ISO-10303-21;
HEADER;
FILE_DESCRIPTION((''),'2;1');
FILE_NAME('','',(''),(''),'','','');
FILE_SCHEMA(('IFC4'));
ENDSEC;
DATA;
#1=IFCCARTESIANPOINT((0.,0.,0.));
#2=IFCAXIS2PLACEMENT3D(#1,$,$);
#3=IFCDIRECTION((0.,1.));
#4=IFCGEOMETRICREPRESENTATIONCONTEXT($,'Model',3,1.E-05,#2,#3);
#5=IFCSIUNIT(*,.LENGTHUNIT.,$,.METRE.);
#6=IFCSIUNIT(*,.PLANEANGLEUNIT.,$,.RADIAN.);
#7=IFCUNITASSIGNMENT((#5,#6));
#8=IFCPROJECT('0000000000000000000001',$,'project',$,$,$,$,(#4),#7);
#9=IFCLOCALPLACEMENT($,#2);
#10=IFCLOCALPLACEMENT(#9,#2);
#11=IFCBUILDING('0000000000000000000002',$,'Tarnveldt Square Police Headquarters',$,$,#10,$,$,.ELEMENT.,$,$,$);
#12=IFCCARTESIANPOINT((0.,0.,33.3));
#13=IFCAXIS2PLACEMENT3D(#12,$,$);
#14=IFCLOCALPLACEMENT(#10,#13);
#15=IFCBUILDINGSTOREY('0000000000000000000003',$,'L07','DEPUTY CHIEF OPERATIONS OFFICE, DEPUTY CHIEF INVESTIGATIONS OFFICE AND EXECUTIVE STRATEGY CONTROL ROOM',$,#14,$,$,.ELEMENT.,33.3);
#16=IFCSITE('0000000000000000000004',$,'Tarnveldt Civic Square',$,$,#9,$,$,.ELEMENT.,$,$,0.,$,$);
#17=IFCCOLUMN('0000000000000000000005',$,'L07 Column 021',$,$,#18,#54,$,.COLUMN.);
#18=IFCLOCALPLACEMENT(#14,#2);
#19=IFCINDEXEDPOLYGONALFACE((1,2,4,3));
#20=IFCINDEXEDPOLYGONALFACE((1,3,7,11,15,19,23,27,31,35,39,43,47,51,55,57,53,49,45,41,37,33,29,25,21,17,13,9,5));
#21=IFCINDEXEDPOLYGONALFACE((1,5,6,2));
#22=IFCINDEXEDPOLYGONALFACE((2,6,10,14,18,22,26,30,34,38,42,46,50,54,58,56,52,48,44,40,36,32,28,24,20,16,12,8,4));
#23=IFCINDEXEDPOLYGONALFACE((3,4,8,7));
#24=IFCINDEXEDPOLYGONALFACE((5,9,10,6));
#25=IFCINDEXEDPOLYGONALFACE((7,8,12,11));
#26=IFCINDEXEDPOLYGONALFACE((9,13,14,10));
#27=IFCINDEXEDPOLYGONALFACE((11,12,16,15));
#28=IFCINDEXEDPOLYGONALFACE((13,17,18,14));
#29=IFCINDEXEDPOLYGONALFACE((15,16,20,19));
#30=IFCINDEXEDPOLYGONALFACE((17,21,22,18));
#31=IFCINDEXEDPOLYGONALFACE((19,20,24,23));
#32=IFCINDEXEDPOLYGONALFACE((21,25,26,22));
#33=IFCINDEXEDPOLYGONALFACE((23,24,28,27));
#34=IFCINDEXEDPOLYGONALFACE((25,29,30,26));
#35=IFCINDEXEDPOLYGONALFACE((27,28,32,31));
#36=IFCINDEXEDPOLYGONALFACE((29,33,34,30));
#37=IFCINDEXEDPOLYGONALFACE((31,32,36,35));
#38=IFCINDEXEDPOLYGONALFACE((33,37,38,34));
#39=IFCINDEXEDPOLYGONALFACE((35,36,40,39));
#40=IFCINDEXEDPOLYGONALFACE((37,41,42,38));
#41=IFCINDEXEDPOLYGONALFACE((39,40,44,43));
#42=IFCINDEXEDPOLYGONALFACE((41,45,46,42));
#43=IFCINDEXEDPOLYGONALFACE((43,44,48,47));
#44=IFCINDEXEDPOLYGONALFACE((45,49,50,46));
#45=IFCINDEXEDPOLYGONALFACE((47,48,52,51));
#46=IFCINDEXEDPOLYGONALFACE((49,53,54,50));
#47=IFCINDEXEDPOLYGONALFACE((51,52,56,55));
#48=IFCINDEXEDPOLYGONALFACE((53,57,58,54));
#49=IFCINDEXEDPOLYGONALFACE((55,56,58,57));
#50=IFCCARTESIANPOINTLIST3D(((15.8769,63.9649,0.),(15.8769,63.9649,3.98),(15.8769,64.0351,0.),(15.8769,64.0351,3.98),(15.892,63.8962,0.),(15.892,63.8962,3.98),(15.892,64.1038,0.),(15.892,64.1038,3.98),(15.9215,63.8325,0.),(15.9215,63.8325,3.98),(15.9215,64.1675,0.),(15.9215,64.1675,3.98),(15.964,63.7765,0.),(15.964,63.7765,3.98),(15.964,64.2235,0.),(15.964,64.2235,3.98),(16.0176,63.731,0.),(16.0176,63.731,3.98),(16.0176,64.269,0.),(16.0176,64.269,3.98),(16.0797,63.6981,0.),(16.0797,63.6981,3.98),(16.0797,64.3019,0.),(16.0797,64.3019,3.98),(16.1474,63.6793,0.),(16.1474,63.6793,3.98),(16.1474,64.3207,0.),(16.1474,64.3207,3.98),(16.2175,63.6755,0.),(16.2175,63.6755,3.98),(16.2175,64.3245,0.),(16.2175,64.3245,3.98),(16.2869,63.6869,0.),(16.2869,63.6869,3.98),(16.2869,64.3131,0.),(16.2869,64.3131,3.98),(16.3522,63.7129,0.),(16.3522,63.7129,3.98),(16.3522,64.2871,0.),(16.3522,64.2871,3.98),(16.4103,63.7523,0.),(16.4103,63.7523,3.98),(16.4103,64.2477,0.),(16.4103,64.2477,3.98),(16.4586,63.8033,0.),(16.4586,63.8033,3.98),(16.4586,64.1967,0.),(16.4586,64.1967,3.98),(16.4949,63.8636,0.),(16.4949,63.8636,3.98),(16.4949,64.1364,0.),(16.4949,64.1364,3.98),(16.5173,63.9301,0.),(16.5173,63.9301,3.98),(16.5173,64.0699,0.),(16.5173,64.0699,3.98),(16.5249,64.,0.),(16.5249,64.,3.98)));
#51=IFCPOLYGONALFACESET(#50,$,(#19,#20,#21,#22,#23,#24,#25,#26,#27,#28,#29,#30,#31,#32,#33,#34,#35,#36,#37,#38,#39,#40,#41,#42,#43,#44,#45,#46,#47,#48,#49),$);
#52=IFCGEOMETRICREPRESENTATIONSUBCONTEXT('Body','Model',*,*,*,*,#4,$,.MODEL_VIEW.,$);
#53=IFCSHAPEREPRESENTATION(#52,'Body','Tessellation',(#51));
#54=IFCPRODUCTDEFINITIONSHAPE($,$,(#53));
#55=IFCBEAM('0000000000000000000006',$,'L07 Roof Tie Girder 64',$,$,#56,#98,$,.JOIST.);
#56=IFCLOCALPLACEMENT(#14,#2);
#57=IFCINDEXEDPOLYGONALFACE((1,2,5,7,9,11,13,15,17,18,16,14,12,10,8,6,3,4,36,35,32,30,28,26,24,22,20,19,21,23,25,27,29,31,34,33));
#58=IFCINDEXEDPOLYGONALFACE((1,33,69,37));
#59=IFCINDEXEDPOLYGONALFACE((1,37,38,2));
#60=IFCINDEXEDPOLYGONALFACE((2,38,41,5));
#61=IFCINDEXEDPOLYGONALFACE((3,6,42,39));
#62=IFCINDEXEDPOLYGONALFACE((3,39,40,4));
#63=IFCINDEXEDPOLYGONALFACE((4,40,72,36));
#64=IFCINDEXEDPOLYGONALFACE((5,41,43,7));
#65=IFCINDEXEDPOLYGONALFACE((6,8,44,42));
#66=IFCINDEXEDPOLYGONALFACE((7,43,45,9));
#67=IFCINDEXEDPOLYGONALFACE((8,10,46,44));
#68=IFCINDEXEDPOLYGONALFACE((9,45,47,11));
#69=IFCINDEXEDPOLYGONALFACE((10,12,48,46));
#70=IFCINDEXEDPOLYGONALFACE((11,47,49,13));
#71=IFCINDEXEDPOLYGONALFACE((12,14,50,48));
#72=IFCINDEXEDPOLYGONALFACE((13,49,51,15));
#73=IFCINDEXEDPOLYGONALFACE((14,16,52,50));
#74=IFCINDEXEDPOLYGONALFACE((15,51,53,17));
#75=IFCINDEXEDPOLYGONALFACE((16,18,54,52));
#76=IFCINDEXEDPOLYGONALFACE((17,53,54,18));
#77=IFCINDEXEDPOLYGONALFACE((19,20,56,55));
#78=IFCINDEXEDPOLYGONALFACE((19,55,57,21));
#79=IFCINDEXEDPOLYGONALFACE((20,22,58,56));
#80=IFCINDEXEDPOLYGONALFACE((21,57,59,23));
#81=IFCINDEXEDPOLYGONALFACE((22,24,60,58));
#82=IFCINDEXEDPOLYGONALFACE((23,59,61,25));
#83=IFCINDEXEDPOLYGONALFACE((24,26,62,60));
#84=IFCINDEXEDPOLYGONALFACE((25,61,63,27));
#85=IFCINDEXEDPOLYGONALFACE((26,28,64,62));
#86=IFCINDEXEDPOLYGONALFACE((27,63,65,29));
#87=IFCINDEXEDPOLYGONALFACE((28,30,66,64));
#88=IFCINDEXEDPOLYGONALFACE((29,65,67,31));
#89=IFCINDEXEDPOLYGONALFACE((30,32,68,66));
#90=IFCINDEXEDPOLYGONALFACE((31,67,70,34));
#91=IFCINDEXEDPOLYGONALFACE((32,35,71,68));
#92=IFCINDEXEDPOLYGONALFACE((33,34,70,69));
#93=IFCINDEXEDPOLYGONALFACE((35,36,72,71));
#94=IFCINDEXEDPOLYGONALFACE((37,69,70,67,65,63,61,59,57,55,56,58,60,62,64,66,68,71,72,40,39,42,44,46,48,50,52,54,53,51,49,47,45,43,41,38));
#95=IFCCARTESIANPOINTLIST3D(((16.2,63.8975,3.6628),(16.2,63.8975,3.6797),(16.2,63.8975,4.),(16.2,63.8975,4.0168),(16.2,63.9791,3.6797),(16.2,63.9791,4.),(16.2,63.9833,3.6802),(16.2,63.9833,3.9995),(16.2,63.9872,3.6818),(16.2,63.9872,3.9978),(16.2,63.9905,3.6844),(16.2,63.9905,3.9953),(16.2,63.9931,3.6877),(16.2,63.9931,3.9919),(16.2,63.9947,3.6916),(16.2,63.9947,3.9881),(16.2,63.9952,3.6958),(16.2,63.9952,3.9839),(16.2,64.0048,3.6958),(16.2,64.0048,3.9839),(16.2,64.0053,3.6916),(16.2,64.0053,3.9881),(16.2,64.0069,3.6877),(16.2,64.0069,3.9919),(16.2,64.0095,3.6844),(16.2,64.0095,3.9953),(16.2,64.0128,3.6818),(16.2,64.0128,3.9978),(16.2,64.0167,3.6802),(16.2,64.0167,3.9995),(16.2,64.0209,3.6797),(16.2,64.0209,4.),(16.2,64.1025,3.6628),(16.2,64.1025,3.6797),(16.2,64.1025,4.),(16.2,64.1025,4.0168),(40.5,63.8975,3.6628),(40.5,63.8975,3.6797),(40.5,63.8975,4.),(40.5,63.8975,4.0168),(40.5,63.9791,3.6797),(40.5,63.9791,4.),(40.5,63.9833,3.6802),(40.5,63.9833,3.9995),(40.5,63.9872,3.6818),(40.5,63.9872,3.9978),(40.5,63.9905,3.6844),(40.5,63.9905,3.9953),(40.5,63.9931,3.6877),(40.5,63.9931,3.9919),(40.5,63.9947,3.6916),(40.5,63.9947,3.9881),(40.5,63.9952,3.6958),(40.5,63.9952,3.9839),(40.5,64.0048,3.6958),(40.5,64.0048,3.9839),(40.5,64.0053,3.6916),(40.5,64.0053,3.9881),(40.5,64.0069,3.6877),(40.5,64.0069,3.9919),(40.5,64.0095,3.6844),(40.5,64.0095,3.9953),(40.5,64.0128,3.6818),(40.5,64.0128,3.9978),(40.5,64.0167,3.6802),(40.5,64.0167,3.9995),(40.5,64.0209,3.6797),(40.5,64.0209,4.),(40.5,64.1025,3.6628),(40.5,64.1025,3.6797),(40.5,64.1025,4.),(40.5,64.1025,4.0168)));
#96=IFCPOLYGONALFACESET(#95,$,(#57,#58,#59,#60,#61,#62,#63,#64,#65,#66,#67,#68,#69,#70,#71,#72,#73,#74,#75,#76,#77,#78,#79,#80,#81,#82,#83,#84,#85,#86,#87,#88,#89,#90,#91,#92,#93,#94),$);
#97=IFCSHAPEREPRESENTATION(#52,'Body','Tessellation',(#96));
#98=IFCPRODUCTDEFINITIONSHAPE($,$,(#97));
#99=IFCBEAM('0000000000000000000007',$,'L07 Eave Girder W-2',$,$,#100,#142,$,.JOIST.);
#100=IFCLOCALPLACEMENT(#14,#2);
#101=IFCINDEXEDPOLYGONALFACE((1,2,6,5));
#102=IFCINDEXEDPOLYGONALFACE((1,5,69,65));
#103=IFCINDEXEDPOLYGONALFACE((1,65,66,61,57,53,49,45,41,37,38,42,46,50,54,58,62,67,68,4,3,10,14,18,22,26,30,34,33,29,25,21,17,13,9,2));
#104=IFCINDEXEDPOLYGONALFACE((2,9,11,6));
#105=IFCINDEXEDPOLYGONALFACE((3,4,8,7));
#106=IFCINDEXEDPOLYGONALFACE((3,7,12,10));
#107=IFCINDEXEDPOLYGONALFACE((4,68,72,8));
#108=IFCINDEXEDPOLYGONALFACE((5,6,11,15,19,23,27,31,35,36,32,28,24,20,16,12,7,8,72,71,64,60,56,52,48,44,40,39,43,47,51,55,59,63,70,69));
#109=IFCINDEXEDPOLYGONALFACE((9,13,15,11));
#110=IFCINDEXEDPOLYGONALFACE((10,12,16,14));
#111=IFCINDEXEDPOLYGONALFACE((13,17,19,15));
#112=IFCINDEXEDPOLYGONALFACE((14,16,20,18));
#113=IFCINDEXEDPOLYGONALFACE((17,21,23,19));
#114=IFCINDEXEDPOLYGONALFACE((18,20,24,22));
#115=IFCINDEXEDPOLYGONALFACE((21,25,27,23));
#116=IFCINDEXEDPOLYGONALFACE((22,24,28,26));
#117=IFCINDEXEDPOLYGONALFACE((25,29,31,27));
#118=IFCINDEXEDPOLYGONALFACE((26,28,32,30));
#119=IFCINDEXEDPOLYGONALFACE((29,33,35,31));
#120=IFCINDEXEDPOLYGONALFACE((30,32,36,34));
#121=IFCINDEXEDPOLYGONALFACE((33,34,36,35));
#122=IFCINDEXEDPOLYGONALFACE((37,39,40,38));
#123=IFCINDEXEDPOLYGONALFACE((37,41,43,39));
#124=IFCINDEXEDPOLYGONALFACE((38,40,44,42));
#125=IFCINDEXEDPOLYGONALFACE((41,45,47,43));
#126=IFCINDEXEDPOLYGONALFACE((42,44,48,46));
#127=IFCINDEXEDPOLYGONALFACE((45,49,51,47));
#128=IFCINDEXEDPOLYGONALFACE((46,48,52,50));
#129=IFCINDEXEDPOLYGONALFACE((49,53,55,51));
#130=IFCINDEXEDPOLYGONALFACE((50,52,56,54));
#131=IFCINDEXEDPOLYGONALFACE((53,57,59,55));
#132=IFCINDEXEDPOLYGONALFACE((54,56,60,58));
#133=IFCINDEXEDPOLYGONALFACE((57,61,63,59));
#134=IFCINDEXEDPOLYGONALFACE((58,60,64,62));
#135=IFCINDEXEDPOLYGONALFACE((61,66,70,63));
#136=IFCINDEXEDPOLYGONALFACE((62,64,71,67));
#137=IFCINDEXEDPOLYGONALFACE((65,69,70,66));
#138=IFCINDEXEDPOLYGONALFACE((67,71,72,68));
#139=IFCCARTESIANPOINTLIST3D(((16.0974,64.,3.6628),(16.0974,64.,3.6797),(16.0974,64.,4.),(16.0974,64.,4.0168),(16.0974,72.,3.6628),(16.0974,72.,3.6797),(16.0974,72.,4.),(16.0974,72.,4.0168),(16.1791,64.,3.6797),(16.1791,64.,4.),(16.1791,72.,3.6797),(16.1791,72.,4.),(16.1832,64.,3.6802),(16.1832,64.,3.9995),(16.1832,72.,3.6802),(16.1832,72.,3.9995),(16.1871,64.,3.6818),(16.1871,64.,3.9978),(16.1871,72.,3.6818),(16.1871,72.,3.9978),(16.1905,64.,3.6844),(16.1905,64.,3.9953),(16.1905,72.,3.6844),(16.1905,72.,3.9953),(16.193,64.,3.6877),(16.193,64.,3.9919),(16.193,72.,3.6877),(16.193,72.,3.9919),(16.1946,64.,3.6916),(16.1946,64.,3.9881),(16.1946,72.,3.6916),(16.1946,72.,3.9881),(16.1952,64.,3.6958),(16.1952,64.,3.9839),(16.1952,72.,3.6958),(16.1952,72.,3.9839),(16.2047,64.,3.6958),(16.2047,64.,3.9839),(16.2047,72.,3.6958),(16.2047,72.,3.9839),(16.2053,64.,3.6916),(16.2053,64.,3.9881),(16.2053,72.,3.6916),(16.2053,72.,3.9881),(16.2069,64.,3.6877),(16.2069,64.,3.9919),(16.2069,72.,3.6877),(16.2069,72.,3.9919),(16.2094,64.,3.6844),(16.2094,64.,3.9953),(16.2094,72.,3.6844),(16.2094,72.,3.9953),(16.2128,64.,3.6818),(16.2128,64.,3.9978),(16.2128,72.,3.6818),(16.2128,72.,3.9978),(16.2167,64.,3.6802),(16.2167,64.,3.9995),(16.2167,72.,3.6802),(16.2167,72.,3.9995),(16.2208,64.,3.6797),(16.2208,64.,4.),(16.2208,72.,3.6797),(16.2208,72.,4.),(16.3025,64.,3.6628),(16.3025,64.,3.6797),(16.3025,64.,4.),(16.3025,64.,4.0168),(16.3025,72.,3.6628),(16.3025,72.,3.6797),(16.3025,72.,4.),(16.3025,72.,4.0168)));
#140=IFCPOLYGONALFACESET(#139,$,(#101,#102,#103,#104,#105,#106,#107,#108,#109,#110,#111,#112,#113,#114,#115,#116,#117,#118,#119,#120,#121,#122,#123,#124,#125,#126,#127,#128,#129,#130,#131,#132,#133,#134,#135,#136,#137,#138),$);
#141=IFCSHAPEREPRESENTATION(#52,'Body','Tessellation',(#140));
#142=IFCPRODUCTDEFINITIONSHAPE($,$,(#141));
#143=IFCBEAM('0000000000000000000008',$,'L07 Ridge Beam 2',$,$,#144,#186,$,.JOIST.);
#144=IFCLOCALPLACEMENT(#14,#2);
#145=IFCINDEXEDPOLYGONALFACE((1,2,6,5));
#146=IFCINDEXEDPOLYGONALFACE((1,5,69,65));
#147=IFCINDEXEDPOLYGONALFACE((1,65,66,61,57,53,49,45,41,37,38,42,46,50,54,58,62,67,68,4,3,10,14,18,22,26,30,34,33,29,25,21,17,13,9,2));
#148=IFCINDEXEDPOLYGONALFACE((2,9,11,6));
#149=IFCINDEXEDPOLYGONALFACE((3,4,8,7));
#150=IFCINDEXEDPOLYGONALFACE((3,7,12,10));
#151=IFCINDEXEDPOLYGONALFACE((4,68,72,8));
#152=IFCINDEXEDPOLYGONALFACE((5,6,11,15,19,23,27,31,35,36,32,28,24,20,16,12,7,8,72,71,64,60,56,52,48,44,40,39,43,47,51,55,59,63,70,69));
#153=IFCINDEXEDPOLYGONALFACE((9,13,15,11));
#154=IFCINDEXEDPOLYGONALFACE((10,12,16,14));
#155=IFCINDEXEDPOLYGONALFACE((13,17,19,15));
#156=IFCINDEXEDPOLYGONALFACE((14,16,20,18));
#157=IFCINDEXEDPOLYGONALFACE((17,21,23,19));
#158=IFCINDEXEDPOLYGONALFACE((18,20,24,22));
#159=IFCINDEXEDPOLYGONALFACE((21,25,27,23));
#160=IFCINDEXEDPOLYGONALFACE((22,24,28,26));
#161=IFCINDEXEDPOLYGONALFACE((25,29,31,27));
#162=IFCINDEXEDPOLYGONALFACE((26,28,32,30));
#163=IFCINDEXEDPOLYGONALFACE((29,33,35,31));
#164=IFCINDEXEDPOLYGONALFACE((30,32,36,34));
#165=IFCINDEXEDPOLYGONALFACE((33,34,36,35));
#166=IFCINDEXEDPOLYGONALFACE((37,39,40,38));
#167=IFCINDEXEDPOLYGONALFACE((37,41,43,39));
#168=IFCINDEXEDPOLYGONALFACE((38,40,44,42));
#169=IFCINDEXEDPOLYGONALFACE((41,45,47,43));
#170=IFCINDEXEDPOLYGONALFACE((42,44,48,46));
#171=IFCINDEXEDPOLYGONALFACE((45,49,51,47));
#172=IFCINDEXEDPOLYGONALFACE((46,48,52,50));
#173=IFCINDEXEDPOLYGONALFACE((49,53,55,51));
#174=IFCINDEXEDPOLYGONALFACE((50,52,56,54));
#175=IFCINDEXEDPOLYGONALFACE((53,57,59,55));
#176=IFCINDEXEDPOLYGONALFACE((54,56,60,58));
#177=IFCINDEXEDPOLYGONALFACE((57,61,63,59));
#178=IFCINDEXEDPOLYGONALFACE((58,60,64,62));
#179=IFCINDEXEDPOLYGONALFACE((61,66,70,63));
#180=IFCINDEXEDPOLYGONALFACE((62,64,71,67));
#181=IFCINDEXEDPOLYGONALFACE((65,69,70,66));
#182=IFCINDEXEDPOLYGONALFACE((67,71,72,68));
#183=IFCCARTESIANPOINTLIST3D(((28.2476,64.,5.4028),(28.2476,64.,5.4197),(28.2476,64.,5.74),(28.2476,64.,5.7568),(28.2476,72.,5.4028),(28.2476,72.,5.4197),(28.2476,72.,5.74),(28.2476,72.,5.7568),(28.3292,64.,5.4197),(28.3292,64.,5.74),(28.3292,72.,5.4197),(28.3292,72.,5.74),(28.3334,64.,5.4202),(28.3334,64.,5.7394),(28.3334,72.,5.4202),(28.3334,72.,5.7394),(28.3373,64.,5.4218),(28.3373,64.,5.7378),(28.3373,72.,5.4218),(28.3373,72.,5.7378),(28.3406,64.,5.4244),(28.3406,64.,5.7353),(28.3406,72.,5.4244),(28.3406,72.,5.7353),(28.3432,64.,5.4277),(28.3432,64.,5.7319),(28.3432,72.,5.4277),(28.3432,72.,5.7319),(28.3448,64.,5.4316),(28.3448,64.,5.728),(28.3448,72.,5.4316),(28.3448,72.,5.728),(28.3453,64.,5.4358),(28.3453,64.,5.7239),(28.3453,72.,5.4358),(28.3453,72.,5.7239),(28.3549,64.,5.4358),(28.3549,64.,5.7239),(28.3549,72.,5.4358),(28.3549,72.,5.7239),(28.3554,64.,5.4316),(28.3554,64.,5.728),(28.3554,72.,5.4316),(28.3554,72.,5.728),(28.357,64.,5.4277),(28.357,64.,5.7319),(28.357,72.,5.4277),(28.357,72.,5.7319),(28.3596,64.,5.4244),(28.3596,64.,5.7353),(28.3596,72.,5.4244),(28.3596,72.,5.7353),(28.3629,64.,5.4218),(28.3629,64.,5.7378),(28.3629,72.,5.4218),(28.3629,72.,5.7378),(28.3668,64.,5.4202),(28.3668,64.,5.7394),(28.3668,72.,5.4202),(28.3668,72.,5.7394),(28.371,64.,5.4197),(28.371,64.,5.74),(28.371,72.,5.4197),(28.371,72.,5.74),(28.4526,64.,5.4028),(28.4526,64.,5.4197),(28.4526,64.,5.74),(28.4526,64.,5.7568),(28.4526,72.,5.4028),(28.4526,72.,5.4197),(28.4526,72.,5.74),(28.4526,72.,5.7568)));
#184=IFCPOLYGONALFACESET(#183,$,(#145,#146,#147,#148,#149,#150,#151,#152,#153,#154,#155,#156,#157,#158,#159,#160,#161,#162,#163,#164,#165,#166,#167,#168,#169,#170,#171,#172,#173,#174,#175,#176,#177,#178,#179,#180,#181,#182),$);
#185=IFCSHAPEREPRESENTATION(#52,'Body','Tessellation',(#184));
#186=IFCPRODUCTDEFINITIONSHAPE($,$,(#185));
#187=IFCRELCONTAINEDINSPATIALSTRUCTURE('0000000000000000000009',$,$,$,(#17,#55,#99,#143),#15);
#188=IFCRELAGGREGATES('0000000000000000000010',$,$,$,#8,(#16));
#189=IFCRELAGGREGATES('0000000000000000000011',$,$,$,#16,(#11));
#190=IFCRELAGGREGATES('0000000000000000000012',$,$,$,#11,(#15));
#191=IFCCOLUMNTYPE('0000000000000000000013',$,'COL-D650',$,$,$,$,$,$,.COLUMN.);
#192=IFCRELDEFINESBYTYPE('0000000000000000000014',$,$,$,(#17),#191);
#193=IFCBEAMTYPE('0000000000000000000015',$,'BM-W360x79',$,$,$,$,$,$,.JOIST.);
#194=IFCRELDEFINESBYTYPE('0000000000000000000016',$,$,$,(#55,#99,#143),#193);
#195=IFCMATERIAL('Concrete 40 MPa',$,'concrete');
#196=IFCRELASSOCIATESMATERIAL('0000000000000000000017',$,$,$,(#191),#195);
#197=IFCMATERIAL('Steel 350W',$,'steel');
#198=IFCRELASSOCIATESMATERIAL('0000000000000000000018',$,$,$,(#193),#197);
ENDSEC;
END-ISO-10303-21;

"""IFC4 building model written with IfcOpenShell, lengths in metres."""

from ifc_helpers import new_model, si_unit, direction, frame, origin, origin_2d, place, context, subcontext, project, spatial, circle, i_section, extrude, material, material_profile, profile_set, type_object, element, save


model = new_model("IFC4")

# Units and contexts
model_context = context("Model", 3, precision=1e-05, world=origin(), true_north=direction((0.0, 1.0)))
body_context = subcontext(model_context, "Body", "Model", "MODEL_VIEW")
ifc_project = project(units=[si_unit("LENGTHUNIT", "METRE"), si_unit("PLANEANGLEUNIT", "RADIAN")], contexts=[model_context])

# Site, building, storey
site_placement = place(None, origin())
site = spatial("IfcSite", under=ifc_project, at=site_placement, Name="Tarnveldt Civic Square", CompositionType="ELEMENT", RefElevation=0.0)
building_placement = place(site_placement, origin())
building = spatial("IfcBuilding", under=site, at=building_placement, Name="Tarnveldt Square Police Headquarters", CompositionType="ELEMENT")
storey_placement = place(building_placement, frame((0.0, 0.0, 33.3)))
storey = spatial("IfcBuildingStorey", under=building, at=storey_placement, Name="L07", Description="DEPUTY CHIEF OPERATIONS OFFICE, DEPUTY CHIEF INVESTIGATIONS OFFICE AND EXECUTIVE STRATEGY CONTROL ROOM", CompositionType="ELEMENT", Elevation=33.3)

# Column
ifc_material_1 = material(Name="Concrete 40 MPa", Category="concrete")
ifc_material_profile_1 = material_profile(ifc_material_1, circle(Radius=0.325, at=origin_2d()), Name="RC-D650")
ifc_profile_set_1 = profile_set([ifc_material_profile_1], Name="Concrete 40 MPa")
column_type = type_object("IfcColumnType", Name="COL-D650", PredefinedType="COLUMN", material=ifc_profile_set_1)
column_placement = place(storey_placement, frame((16.2, 64.0, 0.0), z_axis=(0.0, 0.0, 1.0), x_axis=(1.0, 0.0, 0.0)))
element("IfcColumn", 1, at=column_placement, inside=storey, type_object=column_type, Name="L07 Column 021", PredefinedType="COLUMN", context=body_context, shape_type="SweptSolid", body=[
    extrude(circle(Radius=0.325, at=origin_2d()), origin(), (0.0, 0.0, 1.0), 3.98),
])

# Beams
ifc_material_2 = material(Name="Steel 350W", Category="steel")
ifc_material_profile_2 = material_profile(ifc_material_2, i_section(OverallWidth=0.2051, OverallDepth=0.354, WebThickness=0.0095, FlangeThickness=0.0168, FilletRadius=0.0161, at=origin_2d()), Name="W360x79")
ifc_profile_set_2 = profile_set([ifc_material_profile_2], Name="Steel 350W")
beam_type = type_object("IfcBeamType", Name="BM-W360x79", PredefinedType="JOIST", material=ifc_profile_set_2)
beam_placement = place(storey_placement, frame((16.2, 64.0, 3.8398), z_axis=(1.0, 0.0, 0.0), x_axis=(0.0, 1.0, 0.0)))
element("IfcBeam", 2, at=beam_placement, inside=storey, type_object=beam_type, Name="L07 Roof Tie Girder 64", PredefinedType="JOIST", context=body_context, shape_type="SweptSolid", body=[
    extrude(i_section(OverallWidth=0.2051, OverallDepth=0.354, WebThickness=0.0095, FlangeThickness=0.0168, FilletRadius=0.0161, at=origin_2d()), origin(), (0.0, 0.0, 1.0), 24.3),
])
for number, where, z_axis, x_axis, name in (
    (3, (16.2, 64.0, 3.8398), (0.0, 1.0, 0.0), (-1.0, 0.0, 0.0), "L07 Eave Girder W-2"),
    (4, (28.3501, 64.0, 5.5798), (0.0, 1.0, 0.0), (-1.0, 0.0, 0.0), "L07 Ridge Beam 2"),
):
    element("IfcBeam", number, at=place(storey_placement, frame(where, z_axis=z_axis, x_axis=x_axis)), inside=storey, type_object=beam_type, Name=name, PredefinedType="JOIST", context=body_context, shape_type="SweptSolid", body=[
        extrude(i_section(OverallWidth=0.2051, OverallDepth=0.354, WebThickness=0.0095, FlangeThickness=0.0168, FilletRadius=0.0161, at=origin_2d()), origin(), (0.0, 0.0, 1.0), 8.0),
    ])

save(model, "model.ifc")
